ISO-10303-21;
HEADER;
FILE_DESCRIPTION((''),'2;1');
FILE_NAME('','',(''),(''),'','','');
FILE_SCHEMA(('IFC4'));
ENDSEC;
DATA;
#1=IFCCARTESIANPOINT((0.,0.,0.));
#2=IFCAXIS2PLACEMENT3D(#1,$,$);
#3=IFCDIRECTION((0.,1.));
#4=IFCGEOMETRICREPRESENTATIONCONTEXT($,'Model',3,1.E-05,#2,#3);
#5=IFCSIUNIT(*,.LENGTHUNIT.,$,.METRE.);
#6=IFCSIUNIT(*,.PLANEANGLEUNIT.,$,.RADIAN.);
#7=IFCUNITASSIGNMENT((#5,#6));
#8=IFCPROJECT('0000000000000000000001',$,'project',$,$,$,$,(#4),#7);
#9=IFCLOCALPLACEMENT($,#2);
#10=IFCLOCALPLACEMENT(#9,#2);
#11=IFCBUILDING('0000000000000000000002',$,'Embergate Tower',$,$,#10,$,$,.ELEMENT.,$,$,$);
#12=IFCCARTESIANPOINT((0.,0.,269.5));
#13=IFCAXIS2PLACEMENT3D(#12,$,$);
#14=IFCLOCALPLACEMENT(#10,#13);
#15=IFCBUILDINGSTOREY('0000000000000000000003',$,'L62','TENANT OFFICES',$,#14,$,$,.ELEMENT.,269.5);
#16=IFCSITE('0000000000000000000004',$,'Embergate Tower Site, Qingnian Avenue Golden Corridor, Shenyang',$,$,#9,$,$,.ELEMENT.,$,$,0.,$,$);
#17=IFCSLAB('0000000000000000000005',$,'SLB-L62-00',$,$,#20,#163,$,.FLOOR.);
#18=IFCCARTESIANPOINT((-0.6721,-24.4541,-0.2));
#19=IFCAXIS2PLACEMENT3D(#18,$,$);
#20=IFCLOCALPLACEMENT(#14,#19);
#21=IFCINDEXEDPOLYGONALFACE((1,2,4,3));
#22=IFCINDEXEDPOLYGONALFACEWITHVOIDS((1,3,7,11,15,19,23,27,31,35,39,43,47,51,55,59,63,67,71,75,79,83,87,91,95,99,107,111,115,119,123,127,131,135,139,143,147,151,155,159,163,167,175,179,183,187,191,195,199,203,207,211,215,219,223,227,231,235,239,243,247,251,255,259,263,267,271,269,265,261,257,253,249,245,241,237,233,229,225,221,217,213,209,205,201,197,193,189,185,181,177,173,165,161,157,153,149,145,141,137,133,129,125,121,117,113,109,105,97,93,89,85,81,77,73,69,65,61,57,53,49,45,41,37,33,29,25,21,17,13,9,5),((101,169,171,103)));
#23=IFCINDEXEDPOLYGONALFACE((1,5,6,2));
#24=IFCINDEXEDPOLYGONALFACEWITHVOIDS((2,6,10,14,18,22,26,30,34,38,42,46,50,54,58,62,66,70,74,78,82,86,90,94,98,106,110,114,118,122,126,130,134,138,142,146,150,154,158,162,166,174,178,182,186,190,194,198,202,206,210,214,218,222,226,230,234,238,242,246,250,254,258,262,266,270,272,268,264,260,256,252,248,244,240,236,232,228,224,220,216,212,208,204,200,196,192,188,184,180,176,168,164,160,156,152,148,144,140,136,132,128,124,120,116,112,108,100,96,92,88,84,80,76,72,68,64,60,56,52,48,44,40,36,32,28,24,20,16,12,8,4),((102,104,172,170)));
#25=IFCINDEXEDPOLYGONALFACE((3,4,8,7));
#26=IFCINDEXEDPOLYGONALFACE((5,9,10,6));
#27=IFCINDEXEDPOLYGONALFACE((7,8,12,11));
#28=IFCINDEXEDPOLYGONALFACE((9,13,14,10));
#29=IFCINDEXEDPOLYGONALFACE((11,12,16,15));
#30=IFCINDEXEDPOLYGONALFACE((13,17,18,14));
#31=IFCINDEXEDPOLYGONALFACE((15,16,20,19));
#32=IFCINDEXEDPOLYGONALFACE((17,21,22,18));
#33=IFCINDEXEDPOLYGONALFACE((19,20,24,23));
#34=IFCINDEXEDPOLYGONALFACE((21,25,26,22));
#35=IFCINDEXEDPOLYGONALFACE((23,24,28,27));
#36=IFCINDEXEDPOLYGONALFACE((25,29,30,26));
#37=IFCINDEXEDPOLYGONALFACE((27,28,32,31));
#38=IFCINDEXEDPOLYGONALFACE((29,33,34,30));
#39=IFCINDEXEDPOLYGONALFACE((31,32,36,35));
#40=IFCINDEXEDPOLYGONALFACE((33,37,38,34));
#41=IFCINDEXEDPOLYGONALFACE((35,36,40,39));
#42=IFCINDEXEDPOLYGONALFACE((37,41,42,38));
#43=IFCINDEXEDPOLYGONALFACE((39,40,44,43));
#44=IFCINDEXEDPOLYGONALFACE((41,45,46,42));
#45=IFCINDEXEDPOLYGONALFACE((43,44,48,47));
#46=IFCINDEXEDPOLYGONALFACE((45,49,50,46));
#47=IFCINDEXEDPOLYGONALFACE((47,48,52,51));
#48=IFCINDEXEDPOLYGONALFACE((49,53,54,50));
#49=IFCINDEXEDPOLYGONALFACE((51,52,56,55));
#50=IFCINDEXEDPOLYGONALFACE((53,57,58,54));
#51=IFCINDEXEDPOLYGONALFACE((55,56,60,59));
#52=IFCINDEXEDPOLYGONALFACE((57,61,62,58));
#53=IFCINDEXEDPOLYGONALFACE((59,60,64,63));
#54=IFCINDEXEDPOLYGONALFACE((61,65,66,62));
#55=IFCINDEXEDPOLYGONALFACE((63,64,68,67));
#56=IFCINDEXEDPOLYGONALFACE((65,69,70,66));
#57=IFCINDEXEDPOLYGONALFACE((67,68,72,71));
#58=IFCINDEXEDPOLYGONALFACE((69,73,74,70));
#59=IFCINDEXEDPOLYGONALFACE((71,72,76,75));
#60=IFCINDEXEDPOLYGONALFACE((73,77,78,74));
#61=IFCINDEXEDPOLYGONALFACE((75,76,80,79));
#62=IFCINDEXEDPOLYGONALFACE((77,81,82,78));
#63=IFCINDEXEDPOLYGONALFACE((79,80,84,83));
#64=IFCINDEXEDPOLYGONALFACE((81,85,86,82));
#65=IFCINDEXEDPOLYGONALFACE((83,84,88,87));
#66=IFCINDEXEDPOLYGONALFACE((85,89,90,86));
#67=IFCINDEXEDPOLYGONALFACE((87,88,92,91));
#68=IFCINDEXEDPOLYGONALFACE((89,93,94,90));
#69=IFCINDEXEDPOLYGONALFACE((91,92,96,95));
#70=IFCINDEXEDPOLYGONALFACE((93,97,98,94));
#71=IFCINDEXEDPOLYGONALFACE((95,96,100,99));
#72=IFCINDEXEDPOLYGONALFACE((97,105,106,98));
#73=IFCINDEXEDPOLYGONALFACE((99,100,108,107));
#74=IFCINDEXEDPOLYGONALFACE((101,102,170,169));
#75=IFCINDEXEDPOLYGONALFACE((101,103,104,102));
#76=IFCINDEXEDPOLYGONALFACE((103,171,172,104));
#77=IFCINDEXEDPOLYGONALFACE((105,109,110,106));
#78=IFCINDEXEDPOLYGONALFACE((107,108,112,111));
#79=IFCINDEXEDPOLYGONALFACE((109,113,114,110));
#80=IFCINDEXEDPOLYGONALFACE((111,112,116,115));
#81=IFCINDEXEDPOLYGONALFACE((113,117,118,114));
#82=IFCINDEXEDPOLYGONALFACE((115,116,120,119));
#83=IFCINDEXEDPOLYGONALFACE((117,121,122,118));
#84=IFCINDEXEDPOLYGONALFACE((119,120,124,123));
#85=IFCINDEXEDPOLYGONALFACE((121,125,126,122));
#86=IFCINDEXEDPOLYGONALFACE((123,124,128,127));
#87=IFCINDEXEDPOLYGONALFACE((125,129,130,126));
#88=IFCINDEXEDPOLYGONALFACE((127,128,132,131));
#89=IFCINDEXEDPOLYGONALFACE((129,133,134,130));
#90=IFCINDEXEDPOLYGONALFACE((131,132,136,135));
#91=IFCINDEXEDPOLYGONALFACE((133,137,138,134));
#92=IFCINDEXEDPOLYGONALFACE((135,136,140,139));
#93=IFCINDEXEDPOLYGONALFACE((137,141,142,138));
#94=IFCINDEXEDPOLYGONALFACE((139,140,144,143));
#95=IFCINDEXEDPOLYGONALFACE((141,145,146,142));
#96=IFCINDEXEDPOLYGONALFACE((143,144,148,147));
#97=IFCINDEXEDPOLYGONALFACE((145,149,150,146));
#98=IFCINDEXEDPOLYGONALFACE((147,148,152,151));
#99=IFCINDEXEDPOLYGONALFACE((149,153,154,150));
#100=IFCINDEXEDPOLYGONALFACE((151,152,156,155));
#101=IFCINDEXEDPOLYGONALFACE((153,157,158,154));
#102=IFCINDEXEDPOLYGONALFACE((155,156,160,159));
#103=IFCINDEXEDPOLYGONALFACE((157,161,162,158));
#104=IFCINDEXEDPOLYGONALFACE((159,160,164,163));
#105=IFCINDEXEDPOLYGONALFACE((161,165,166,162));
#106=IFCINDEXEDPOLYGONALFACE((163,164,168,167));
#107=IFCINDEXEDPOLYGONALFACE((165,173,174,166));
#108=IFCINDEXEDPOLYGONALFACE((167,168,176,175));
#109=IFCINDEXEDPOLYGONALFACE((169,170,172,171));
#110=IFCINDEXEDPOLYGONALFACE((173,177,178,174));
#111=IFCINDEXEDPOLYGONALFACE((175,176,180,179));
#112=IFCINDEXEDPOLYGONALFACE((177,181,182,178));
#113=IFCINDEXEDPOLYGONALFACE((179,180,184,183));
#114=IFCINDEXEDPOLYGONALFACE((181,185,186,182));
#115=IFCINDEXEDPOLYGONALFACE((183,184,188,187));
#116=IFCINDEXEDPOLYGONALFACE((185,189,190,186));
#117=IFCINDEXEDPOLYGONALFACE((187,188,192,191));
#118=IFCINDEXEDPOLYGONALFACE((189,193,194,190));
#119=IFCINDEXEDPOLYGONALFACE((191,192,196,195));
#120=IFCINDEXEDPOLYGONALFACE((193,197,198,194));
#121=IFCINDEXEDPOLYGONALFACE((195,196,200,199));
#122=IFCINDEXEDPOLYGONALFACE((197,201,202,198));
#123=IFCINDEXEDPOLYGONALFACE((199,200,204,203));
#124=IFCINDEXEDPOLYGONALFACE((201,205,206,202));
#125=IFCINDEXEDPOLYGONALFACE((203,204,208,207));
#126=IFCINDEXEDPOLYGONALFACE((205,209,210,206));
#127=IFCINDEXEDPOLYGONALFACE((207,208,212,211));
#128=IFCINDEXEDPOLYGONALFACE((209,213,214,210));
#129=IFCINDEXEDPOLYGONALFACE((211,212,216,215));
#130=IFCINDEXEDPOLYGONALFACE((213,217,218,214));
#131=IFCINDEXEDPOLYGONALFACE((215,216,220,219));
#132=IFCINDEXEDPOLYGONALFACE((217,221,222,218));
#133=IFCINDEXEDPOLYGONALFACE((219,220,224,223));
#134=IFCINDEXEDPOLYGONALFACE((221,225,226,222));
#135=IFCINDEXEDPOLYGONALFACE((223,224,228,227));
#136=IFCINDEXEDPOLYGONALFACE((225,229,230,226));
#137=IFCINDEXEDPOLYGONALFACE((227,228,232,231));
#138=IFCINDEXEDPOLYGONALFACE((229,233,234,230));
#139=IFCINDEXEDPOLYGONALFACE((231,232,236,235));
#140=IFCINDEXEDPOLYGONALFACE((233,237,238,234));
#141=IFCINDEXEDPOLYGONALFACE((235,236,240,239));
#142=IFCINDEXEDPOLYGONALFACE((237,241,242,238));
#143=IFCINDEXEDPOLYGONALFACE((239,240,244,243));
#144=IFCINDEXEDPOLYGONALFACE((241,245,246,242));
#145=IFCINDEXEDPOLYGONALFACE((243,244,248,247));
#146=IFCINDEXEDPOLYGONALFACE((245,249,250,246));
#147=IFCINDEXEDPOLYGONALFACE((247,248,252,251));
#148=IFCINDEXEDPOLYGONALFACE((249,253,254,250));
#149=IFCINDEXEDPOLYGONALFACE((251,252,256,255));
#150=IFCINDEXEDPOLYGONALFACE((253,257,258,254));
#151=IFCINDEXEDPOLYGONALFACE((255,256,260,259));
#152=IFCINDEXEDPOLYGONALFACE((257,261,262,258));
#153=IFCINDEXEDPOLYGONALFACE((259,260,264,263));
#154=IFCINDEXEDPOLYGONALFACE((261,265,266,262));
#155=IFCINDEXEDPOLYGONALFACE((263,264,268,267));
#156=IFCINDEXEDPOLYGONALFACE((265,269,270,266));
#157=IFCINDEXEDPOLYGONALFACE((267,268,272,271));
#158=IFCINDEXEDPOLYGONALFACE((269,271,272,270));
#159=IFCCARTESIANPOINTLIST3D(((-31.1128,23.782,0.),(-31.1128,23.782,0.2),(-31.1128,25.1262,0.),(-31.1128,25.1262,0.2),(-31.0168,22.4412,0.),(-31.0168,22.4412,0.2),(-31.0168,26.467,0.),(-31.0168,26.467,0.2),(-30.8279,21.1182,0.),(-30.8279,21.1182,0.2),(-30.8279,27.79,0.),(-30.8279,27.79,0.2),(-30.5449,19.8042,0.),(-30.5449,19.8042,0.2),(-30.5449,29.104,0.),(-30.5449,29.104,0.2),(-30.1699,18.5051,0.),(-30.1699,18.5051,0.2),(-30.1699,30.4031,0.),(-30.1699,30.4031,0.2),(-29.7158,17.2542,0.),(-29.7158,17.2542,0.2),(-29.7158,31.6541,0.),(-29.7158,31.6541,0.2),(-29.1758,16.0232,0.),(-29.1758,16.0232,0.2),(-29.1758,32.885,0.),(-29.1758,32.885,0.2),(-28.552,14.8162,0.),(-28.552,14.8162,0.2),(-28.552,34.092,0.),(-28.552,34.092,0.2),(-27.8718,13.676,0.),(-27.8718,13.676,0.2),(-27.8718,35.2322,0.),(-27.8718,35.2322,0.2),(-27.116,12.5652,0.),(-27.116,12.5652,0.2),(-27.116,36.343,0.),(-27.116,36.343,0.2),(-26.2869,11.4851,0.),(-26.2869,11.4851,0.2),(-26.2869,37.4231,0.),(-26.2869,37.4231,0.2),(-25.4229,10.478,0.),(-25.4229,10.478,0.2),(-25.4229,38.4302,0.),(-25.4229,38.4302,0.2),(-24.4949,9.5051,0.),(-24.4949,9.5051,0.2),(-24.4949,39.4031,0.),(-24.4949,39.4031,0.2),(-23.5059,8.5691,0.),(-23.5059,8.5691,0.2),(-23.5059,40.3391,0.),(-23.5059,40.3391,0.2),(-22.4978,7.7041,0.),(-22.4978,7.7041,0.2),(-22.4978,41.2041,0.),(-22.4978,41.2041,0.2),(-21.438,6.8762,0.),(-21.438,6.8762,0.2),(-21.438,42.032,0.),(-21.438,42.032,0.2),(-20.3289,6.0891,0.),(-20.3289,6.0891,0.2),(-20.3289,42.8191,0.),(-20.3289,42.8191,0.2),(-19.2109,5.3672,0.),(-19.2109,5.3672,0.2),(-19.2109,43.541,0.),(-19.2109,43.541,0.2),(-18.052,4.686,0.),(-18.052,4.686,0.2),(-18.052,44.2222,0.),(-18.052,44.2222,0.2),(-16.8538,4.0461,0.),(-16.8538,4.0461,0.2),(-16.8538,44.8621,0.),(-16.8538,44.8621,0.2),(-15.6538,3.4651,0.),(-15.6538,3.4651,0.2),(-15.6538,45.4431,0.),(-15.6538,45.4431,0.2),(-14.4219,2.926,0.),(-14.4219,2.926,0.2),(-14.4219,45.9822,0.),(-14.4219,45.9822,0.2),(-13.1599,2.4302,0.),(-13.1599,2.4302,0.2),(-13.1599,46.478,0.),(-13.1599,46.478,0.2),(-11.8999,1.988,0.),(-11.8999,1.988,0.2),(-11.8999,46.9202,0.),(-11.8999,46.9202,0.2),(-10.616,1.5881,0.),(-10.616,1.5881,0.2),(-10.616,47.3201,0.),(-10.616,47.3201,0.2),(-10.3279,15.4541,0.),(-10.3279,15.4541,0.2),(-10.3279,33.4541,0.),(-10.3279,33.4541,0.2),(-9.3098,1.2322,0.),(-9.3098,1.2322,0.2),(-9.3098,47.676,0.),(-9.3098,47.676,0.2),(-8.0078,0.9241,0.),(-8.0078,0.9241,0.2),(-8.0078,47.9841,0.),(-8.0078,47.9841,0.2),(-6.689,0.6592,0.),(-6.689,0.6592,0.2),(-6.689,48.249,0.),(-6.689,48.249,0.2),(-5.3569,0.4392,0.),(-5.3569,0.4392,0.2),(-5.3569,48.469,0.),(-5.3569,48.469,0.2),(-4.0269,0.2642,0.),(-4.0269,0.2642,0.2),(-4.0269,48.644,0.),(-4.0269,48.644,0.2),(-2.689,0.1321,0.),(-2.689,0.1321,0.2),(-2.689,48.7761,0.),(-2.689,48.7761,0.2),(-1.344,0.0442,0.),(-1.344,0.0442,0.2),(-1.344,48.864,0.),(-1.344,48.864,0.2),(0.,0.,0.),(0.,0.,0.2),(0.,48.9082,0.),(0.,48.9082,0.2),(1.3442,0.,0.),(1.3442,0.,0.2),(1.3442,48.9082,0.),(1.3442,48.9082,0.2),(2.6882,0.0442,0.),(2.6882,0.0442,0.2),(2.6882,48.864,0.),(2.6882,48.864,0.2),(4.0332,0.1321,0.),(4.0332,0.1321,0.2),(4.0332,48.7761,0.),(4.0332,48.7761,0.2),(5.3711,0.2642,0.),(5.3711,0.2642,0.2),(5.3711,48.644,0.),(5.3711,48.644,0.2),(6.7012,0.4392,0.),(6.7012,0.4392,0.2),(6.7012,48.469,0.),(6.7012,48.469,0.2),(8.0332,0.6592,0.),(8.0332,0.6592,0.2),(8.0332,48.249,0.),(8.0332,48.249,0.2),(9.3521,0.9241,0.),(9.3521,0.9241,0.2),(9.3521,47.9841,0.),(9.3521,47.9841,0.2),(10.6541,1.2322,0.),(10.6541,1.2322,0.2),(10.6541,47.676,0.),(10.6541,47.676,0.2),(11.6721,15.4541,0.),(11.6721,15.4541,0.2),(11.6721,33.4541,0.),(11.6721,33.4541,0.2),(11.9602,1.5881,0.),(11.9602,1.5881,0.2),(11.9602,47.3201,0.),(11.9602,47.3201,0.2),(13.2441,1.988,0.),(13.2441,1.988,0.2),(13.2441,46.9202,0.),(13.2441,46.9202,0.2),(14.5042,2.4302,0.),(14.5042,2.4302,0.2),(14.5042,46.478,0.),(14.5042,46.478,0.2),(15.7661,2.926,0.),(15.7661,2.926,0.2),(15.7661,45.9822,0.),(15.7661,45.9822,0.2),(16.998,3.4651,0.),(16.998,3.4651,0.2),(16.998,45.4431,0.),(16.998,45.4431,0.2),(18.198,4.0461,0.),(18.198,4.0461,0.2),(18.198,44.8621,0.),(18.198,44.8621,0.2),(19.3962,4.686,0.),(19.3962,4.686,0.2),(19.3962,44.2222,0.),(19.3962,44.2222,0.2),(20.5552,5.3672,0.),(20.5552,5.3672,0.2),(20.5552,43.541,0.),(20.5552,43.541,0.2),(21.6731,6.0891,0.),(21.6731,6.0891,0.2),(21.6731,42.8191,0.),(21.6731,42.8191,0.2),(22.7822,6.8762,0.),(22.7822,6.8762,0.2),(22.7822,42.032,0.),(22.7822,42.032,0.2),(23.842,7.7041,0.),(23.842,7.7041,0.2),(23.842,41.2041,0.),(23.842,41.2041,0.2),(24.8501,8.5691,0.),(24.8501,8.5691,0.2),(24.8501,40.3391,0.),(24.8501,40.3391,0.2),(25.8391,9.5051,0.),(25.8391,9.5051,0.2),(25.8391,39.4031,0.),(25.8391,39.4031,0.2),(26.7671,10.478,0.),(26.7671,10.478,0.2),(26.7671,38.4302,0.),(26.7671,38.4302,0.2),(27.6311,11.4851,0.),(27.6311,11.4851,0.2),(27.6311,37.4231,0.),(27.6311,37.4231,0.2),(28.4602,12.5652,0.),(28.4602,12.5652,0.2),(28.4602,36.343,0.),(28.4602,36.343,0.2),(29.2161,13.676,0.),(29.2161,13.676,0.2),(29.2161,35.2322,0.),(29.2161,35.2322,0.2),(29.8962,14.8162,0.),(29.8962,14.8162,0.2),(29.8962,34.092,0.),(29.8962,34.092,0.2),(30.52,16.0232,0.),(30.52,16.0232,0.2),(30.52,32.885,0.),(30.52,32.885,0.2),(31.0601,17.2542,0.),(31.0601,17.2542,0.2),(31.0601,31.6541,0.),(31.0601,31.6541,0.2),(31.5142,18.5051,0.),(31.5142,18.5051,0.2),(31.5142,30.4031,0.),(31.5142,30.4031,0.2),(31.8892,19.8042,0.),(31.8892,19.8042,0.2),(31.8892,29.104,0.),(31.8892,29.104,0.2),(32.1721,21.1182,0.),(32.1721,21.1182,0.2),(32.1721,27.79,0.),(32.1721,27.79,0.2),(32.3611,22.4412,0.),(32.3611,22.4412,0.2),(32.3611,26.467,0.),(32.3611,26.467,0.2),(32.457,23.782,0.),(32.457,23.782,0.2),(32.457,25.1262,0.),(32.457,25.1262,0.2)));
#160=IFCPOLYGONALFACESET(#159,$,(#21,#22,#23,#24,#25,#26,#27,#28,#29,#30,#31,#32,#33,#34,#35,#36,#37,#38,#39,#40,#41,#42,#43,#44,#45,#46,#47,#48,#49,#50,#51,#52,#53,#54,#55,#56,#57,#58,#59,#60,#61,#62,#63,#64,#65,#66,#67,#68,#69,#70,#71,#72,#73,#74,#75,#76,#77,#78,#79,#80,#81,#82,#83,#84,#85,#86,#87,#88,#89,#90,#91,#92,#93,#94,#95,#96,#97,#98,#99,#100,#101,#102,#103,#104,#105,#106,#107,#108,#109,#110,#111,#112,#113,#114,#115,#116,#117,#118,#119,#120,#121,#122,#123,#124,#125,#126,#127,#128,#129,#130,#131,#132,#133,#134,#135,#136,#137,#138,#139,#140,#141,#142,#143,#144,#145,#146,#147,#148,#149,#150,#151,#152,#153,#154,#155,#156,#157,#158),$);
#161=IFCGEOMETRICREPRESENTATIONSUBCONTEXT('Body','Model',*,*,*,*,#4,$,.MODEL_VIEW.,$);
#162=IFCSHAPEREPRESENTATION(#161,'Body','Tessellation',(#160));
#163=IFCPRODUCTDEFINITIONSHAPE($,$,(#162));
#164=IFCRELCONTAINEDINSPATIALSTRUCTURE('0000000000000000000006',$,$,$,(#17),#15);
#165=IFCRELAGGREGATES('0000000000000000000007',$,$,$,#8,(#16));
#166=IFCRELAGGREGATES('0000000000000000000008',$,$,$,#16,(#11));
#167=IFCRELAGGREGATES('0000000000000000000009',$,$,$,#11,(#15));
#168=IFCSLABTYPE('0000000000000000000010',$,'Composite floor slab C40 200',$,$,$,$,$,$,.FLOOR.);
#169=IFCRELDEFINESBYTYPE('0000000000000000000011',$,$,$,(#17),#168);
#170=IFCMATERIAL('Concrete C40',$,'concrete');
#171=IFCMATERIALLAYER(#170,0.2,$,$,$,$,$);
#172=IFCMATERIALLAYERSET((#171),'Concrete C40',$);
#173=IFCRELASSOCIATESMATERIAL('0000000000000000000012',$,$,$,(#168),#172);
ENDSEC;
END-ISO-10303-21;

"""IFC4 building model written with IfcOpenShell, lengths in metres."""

from ifc_helpers import new_model, si_unit, direction, frame, origin, place, context, subcontext, project, spatial, polyline, outline, extrude, source, transform, mapped, material, layer, layer_set, type_object, element, save


model = new_model("IFC4")

# Units and contexts
model_context = context("Model", 3, precision=1e-05, world=origin(), true_north=direction((0.0, 1.0)))
body_context = subcontext(model_context, "Body", "Model", "MODEL_VIEW")
ifc_project = project(units=[si_unit("LENGTHUNIT", "METRE"), si_unit("PLANEANGLEUNIT", "RADIAN")], contexts=[model_context])

# Site, building, storey
site_placement = place(None, origin())
site = spatial("IfcSite", under=ifc_project, at=site_placement, Name="Embergate Tower Site, Qingnian Avenue Golden Corridor, Shenyang", CompositionType="ELEMENT", RefElevation=0.0)
building_placement = place(site_placement, origin())
building = spatial("IfcBuilding", under=site, at=building_placement, Name="Embergate Tower", CompositionType="ELEMENT")
storey_placement = place(building_placement, frame((0.0, 0.0, 269.5)))
storey = spatial("IfcBuildingStorey", under=building, at=storey_placement, Name="L62", Description="TENANT OFFICES", CompositionType="ELEMENT", Elevation=269.5)

# Slab
ifc_material_1 = material(Name="Concrete C40", Category="concrete")
ifc_layer_1 = layer(ifc_material_1, 0.2)
ifc_layer_set_1 = layer_set([ifc_layer_1], Name="Concrete C40")
slab_type = type_object("IfcSlabType", Name="Composite floor slab C40 200", PredefinedType="FLOOR", material=ifc_layer_set_1)
shared_shape_1 = source(origin(), body_context, "Body", "SweptSolid", [
    extrude(outline(polyline([(0.0, 0.0), (1.3442, 0.0), (2.6882, 0.0442), (4.0332, 0.1321), (5.3711, 0.2642), (6.7012, 0.4392), (8.0332, 0.6592), (9.3521, 0.9241), (10.6541, 1.2322), (11.9602, 1.5881), (13.2441, 1.988), (14.5042, 2.4302), (15.7661, 2.926), (16.998, 3.4651), (18.198, 4.0461), (19.3962, 4.686), (20.5552, 5.3672), (21.6731, 6.0891), (22.7822, 6.8762), (23.842, 7.7041), (24.8501, 8.5691), (25.8391, 9.5051), (26.7671, 10.478), (27.6311, 11.4851), (28.4602, 12.5652), (29.2161, 13.676), (29.8962, 14.8162), (30.52, 16.0232), (31.0601, 17.2542), (31.5142, 18.5051), (31.8892, 19.8042), (32.1721, 21.1182), (32.3611, 22.4412), (32.457, 23.782), (32.457, 25.1262), (32.3611, 26.467), (32.1721, 27.79), (31.8892, 29.104), (31.5142, 30.4031), (31.0601, 31.6541), (30.52, 32.885), (29.8962, 34.092), (29.2161, 35.2322), (28.4602, 36.343), (27.6311, 37.4231), (26.7671, 38.4302), (25.8391, 39.4031), (24.8501, 40.3391), (23.842, 41.2041), (22.7822, 42.032), (21.6731, 42.8191), (20.5552, 43.541), (19.3962, 44.2222), (18.198, 44.8621), (16.998, 45.4431), (15.7661, 45.9822), (14.5042, 46.478), (13.2441, 46.9202), (11.9602, 47.3201), (10.6541, 47.676), (9.3521, 47.9841), (8.0332, 48.249), (6.7012, 48.469), (5.3711, 48.644), (4.0332, 48.7761), (2.6882, 48.864), (1.3442, 48.9082), (0.0, 48.9082), (-1.344, 48.864), (-2.689, 48.7761), (-4.0269, 48.644), (-5.3569, 48.469), (-6.689, 48.249), (-8.0078, 47.9841), (-9.3098, 47.676), (-10.616, 47.3201), (-11.8999, 46.9202), (-13.1599, 46.478), (-14.4219, 45.9822), (-15.6538, 45.4431), (-16.8538, 44.8621), (-18.052, 44.2222), (-19.2109, 43.541), (-20.3289, 42.8191), (-21.438, 42.032), (-22.4978, 41.2041), (-23.5059, 40.3391), (-24.4949, 39.4031), (-25.4229, 38.4302), (-26.2869, 37.4231), (-27.116, 36.343), (-27.8718, 35.2322), (-28.552, 34.092), (-29.1758, 32.885), (-29.7158, 31.6541), (-30.1699, 30.4031), (-30.5449, 29.104), (-30.8279, 27.79), (-31.0168, 26.467), (-31.1128, 25.1262), (-31.1128, 23.782), (-31.0168, 22.4412), (-30.8279, 21.1182), (-30.5449, 19.8042), (-30.1699, 18.5051), (-29.7158, 17.2542), (-29.1758, 16.0232), (-28.552, 14.8162), (-27.8718, 13.676), (-27.116, 12.5652), (-26.2869, 11.4851), (-25.4229, 10.478), (-24.4949, 9.5051), (-23.5059, 8.5691), (-22.4978, 7.7041), (-21.438, 6.8762), (-20.3289, 6.0891), (-19.2109, 5.3672), (-18.052, 4.686), (-16.8538, 4.0461), (-15.6538, 3.4651), (-14.4219, 2.926), (-13.1599, 2.4302), (-11.8999, 1.988), (-10.616, 1.5881), (-9.3098, 1.2322), (-8.0078, 0.9241), (-6.689, 0.6592), (-5.3569, 0.4392), (-4.0269, 0.2642), (-2.689, 0.1321), (-1.344, 0.0442), (0.0, 0.0)]), holes=[polyline([(-10.3279, 15.4541), (-10.3279, 33.4541), (11.6721, 33.4541), (11.6721, 15.4541), (-10.3279, 15.4541)])]), origin(), (0.0, 0.0, 1.0), 0.2),
])
slab_placement = place(storey_placement, frame((-0.6721, -24.4541, -0.2)))
element("IfcSlab", 1, at=slab_placement, inside=storey, type_object=slab_type, Name="SLB-L62-00", PredefinedType="FLOOR", context=body_context, shape_type="MappedRepresentation", body=[
    mapped(shared_shape_1, transform((0.0, 0.0, 0.0))),
])

save(model, "model.ifc")
